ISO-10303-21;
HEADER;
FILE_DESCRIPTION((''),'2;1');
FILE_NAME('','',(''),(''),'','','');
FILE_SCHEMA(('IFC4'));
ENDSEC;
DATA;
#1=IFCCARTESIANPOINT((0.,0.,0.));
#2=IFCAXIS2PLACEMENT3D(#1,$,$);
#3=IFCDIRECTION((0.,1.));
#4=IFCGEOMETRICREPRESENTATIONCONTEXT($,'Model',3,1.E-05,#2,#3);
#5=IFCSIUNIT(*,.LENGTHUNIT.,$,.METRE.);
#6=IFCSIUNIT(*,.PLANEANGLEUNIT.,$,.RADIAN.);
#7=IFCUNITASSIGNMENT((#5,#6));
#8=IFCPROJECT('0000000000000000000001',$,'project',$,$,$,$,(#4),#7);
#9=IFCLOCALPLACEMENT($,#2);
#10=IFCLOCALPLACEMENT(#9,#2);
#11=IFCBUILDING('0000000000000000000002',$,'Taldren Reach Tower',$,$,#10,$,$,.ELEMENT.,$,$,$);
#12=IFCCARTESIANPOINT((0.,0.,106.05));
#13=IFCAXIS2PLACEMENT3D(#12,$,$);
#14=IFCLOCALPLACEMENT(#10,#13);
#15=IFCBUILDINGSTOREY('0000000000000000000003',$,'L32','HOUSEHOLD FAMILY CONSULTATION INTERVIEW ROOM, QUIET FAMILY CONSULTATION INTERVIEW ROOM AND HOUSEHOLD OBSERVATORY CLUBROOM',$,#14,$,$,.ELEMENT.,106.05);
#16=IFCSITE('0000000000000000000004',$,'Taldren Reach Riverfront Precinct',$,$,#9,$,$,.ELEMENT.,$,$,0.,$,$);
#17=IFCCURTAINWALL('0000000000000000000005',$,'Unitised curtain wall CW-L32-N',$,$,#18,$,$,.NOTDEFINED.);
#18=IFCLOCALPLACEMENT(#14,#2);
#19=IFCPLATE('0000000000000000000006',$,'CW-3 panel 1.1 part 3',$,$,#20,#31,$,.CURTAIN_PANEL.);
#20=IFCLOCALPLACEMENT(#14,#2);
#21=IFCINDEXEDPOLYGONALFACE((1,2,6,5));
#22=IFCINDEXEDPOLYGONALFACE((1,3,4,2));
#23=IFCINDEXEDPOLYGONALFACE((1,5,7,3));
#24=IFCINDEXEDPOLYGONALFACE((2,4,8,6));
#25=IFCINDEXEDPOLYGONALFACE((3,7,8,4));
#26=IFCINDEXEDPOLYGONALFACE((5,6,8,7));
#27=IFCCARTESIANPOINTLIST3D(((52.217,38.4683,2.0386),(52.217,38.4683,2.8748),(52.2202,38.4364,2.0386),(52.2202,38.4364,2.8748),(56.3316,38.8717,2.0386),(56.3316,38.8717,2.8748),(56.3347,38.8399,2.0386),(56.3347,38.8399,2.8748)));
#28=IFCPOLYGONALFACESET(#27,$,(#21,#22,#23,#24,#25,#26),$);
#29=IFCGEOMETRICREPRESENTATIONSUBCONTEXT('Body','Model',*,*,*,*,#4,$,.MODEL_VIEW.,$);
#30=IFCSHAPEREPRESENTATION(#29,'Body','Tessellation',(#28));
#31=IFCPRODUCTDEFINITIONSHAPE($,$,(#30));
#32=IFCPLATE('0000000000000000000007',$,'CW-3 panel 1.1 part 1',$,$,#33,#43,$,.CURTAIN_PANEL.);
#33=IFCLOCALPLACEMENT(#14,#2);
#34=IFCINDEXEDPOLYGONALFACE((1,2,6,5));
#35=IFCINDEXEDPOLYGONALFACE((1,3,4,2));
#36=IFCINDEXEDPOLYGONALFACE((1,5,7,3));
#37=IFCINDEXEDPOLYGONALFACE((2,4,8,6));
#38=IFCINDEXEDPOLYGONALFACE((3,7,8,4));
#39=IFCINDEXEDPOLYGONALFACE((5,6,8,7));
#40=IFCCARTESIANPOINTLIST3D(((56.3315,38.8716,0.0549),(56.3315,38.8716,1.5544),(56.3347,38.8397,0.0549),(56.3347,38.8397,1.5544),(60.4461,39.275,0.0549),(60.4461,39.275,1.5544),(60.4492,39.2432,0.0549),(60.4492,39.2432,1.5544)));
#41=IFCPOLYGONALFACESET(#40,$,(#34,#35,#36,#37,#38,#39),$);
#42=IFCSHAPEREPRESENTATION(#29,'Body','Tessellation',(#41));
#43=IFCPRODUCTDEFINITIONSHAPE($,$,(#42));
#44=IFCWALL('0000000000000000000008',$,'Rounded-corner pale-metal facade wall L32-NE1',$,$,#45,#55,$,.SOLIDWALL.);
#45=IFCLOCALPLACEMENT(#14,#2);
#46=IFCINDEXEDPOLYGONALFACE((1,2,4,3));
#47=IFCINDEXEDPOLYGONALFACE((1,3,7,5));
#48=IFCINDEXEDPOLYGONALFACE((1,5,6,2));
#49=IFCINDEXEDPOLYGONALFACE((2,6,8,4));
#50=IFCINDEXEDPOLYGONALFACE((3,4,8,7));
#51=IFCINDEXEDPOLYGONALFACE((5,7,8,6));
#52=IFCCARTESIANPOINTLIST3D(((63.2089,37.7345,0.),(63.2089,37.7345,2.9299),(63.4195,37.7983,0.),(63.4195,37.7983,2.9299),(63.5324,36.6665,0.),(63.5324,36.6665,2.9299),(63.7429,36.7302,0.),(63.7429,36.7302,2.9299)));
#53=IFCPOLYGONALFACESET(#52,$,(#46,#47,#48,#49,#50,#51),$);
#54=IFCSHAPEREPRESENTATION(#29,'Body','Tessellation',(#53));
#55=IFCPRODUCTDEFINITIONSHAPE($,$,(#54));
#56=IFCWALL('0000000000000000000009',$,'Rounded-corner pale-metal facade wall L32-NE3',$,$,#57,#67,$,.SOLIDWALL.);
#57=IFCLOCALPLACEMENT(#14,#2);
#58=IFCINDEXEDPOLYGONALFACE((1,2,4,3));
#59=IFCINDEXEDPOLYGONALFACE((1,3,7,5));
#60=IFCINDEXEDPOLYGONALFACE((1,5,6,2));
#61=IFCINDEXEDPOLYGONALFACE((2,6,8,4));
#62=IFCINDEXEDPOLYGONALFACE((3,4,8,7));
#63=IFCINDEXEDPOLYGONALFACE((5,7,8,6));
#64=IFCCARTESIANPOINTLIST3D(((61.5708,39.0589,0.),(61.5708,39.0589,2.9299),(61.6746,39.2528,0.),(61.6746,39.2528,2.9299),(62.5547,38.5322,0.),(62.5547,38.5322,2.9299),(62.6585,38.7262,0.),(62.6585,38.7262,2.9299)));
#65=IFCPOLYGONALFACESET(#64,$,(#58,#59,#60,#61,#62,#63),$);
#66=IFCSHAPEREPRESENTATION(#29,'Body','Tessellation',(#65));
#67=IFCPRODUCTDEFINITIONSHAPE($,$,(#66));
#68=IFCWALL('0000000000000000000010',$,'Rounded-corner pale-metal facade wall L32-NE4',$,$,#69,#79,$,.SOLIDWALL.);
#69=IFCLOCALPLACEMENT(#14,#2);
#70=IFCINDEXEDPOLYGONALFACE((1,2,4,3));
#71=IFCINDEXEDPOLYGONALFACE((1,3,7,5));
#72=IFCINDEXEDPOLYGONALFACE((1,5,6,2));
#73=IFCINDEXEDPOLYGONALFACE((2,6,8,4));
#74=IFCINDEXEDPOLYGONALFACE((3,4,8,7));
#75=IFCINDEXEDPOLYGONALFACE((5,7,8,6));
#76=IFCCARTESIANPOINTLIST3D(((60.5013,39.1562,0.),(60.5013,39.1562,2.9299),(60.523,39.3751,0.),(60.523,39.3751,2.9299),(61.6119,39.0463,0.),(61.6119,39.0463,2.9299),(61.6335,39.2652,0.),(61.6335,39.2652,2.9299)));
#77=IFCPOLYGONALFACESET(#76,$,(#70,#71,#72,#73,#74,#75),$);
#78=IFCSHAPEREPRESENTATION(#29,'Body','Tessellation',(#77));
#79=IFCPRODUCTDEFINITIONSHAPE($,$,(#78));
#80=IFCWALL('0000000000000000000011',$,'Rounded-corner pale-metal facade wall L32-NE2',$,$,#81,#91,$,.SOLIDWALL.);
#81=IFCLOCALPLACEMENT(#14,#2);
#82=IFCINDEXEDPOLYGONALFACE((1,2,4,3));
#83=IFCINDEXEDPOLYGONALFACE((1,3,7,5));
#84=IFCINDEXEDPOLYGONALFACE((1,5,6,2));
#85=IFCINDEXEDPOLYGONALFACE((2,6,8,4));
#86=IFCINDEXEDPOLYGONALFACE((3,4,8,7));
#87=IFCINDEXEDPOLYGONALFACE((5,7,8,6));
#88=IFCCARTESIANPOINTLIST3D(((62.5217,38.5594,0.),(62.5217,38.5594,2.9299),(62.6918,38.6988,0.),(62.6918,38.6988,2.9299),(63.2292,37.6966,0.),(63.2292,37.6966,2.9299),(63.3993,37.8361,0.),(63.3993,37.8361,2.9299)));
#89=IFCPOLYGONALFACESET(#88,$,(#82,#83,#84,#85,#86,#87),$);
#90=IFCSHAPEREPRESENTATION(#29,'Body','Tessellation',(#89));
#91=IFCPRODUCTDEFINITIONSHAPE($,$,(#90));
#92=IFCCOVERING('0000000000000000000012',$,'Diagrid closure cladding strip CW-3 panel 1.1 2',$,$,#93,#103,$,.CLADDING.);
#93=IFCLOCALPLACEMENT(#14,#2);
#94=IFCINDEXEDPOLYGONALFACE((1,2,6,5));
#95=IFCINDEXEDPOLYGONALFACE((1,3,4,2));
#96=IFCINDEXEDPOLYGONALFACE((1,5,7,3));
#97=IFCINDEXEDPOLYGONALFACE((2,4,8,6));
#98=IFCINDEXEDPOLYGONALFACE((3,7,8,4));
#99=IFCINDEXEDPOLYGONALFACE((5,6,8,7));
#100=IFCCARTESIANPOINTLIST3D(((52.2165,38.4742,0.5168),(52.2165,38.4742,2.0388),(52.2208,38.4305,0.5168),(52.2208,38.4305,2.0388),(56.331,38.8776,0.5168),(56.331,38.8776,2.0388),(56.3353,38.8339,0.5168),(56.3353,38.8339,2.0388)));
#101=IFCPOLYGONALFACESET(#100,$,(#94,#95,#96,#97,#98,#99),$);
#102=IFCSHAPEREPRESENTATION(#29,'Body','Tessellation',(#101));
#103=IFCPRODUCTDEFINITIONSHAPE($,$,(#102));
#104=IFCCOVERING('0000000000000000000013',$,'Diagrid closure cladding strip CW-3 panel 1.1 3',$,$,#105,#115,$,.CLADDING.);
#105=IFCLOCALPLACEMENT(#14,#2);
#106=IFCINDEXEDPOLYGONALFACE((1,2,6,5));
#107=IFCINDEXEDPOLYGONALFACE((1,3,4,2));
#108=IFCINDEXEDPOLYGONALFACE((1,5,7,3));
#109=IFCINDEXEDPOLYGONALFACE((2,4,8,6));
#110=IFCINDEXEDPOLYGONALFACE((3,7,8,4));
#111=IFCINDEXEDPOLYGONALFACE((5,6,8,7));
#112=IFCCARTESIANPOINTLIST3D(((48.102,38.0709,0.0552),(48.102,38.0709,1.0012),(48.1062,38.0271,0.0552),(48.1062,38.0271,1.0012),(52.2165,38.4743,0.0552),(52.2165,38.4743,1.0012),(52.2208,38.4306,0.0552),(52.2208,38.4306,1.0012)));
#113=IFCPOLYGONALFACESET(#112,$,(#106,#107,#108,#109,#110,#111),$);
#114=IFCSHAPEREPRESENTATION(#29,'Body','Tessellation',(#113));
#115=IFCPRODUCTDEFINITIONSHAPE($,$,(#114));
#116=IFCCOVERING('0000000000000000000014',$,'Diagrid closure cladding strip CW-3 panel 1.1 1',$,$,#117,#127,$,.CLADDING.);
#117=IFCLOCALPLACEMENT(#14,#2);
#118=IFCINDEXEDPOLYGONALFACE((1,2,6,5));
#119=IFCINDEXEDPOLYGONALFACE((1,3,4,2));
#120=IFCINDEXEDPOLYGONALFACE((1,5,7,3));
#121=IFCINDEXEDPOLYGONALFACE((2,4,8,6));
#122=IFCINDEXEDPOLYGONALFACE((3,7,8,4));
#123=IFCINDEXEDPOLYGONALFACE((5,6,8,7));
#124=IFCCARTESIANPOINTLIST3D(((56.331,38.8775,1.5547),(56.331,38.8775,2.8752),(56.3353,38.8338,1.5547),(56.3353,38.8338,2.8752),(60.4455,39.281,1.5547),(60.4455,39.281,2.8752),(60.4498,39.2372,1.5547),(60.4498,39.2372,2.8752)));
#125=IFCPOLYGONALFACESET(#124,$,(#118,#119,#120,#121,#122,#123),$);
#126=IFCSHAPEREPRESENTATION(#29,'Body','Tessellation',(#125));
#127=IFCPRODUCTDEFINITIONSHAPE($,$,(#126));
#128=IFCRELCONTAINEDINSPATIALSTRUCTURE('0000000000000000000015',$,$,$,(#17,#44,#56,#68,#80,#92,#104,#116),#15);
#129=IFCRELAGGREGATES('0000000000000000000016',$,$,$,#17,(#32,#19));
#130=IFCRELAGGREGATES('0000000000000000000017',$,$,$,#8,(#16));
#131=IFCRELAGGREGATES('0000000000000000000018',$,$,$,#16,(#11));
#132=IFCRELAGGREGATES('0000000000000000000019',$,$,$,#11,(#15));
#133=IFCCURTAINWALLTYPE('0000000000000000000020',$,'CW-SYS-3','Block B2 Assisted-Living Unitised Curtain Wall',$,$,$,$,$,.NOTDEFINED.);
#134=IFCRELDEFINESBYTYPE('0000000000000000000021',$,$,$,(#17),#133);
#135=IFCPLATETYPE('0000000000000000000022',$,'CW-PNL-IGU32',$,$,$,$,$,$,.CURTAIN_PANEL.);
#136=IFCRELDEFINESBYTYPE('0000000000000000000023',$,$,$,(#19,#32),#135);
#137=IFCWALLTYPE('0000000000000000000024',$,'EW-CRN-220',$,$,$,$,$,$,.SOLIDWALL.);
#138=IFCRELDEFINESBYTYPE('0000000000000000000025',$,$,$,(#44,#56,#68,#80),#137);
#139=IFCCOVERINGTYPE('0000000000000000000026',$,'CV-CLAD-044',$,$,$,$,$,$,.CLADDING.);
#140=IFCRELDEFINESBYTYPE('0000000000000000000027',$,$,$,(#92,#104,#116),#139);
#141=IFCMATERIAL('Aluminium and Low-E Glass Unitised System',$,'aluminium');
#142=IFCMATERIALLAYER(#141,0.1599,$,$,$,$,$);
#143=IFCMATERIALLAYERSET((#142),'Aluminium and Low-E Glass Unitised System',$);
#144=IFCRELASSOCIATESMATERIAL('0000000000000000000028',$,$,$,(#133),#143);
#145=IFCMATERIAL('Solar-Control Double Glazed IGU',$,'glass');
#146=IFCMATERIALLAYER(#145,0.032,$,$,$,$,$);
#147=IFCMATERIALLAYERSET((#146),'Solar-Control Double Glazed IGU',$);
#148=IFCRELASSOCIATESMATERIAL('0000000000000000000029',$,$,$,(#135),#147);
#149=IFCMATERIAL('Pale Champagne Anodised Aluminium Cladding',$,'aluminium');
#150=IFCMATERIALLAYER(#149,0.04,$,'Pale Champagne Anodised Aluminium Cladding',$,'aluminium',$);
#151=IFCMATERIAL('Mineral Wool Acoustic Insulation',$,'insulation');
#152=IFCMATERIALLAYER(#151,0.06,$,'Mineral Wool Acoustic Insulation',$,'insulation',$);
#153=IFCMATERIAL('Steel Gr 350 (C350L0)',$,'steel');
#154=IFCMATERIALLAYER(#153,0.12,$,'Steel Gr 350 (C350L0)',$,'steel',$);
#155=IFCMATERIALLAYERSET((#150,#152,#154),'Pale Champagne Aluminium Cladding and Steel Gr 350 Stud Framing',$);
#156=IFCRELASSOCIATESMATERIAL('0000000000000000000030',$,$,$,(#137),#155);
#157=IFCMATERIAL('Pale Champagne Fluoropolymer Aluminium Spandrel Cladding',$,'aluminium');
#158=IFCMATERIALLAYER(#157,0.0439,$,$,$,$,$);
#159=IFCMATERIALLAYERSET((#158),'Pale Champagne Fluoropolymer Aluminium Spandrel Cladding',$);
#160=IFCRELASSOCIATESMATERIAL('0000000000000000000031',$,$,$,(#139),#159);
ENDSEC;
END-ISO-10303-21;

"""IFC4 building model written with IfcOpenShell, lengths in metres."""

from ifc_helpers import new_model, si_unit, direction, frame, frame_2d, origin, origin_2d, place, context, subcontext, project, spatial, rectangle, extrude, source, transform, mapped, material, layer, layer_set, type_object, element, aggregate, save


model = new_model("IFC4")

# Units and contexts
model_context = context("Model", 3, precision=1e-05, world=origin(), true_north=direction((0.0, 1.0)))
body_context = subcontext(model_context, "Body", "Model", "MODEL_VIEW")
ifc_project = project(units=[si_unit("LENGTHUNIT", "METRE"), si_unit("PLANEANGLEUNIT", "RADIAN")], contexts=[model_context])

# Site, building, storey
site_placement = place(None, origin())
site = spatial("IfcSite", under=ifc_project, at=site_placement, Name="Taldren Reach Riverfront Precinct", CompositionType="ELEMENT", RefElevation=0.0)
building_placement = place(site_placement, origin())
building = spatial("IfcBuilding", under=site, at=building_placement, Name="Taldren Reach Tower", CompositionType="ELEMENT")
storey_placement = place(building_placement, frame((0.0, 0.0, 106.05)))
storey = spatial("IfcBuildingStorey", under=building, at=storey_placement, Name="L32", Description="HOUSEHOLD FAMILY CONSULTATION INTERVIEW ROOM, QUIET FAMILY CONSULTATION INTERVIEW ROOM AND HOUSEHOLD OBSERVATORY CLUBROOM", CompositionType="ELEMENT", Elevation=106.05)

# Shared definitions
ifc_material_1 = material(Name="Steel Gr 350 (C350L0)", Category="steel")

# Curtain wall
ifc_material_2 = material(Name="Aluminium and Low-E Glass Unitised System", Category="aluminium")
ifc_layer_1 = layer(ifc_material_2, 0.1599)
ifc_layer_set_1 = layer_set([ifc_layer_1], Name="Aluminium and Low-E Glass Unitised System")
curtain_wall_type = type_object("IfcCurtainWallType", Name="CW-SYS-3", Description="Block B2 Assisted-Living Unitised Curtain Wall", PredefinedType="NOTDEFINED", material=ifc_layer_set_1)
curtain_wall_1_placement = place(storey_placement, origin())
curtain_wall_1 = element("IfcCurtainWall", 1, at=curtain_wall_1_placement, inside=storey, type_object=curtain_wall_type, Name="Unitised curtain wall CW-L32-N", PredefinedType="NOTDEFINED")

# Plates
ifc_material_3 = material(Name="Solar-Control Double Glazed IGU", Category="glass")
ifc_layer_2 = layer(ifc_material_3, 0.032)
ifc_layer_set_2 = layer_set([ifc_layer_2], Name="Solar-Control Double Glazed IGU")
plate_type_1 = type_object("IfcPlateType", Name="CW-PNL-IGU32", PredefinedType="CURTAIN_PANEL", material=ifc_layer_set_2)
shared_shape_1 = source(origin(), body_context, "Body", "SweptSolid", [
    extrude(rectangle(XDim=4.1343, YDim=0.032, at=origin_2d()), origin(), (0.0, 0.0, 1.0), 0.8362),
])
plate_1_placement = place(storey_placement, frame((54.2759, 38.6541, 2.0386), z_axis=(0.0, 0.0, 1.0), x_axis=(-0.995227, -0.097583, 0.0)))
plate_1 = element("IfcPlate", 2, at=plate_1_placement, type_object=plate_type_1, Name="CW-3 panel 1.1 part 3", PredefinedType="CURTAIN_PANEL", context=body_context, shape_type="MappedRepresentation", body=[
    mapped(shared_shape_1, transform((0.0, 0.0, 0.0), scale=1.0)),
])
shared_shape_2 = source(origin(), body_context, "Body", "SweptSolid", [
    extrude(rectangle(XDim=4.1343, YDim=0.032, at=origin_2d()), origin(), (0.0, 0.0, 1.0), 1.4995),
])
plate_2_placement = place(storey_placement, frame((58.3904, 39.0574, 0.0549), z_axis=(0.0, 0.0, 1.0), x_axis=(-0.995227, -0.097583, 0.0)))
plate_2 = element("IfcPlate", 3, at=plate_2_placement, type_object=plate_type_1, Name="CW-3 panel 1.1 part 1", PredefinedType="CURTAIN_PANEL", context=body_context, shape_type="MappedRepresentation", body=[
    mapped(shared_shape_2, transform((0.0, 0.0, 0.0), scale=1.0)),
])
aggregate(curtain_wall_1, [plate_2, plate_1])

# Walls
ifc_material_4 = material(Name="Pale Champagne Anodised Aluminium Cladding", Category="aluminium")
ifc_layer_3 = layer(ifc_material_4, 0.04, Name="Pale Champagne Anodised Aluminium Cladding", Category="aluminium")
ifc_material_5 = material(Name="Mineral Wool Acoustic Insulation", Category="insulation")
ifc_layer_4 = layer(ifc_material_5, 0.06, Name="Mineral Wool Acoustic Insulation", Category="insulation")
ifc_layer_5 = layer(ifc_material_1, 0.12, Name="Steel Gr 350 (C350L0)", Category="steel")
ifc_layer_set_3 = layer_set([ifc_layer_3, ifc_layer_4, ifc_layer_5], Name="Pale Champagne Aluminium Cladding and Steel Gr 350 Stud Framing")
wall_type = type_object("IfcWallType", Name="EW-CRN-220", PredefinedType="SOLIDWALL", material=ifc_layer_set_3)
shared_shape_3 = source(origin(), body_context, "Body", "SweptSolid", [
    extrude(rectangle(XDim=1.116, YDim=0.22, at=frame_2d((0.5581, 0.0))), origin(), (0.0, 0.0, 1.0), 2.9299),
])
for number, where, z_axis, x_axis, name in (
    (4, (63.6377, 36.6982, 0.0), (0.0, 0.0, 1.0), (-0.289856, 0.95707, 0.0), "Rounded-corner pale-metal facade wall L32-NE1"),
    (5, (62.6067, 38.6292, 0.0), (0.0, 0.0, 1.0), (-0.881656, 0.471894, 0.0), "Rounded-corner pale-metal facade wall L32-NE3"),
    (6, (61.6228, 39.1558, 0.0), (0.0, 0.0, 1.0), (-0.995143, 0.098442, 0.0), "Rounded-corner pale-metal facade wall L32-NE4"),
):
    element("IfcWall", number, at=place(storey_placement, frame(where, z_axis=z_axis, x_axis=x_axis)), inside=storey, type_object=wall_type, Name=name, PredefinedType="SOLIDWALL", context=body_context, shape_type="MappedRepresentation", body=[
        mapped(shared_shape_3, transform((0.0, 0.0, 0.0), scale=1.0)),
    ])
shared_shape_4 = source(origin(), body_context, "Body", "SweptSolid", [
    extrude(rectangle(XDim=1.1157, YDim=0.22, at=frame_2d((0.5579, 0.0))), origin(), (0.0, 0.0, 1.0), 2.9299),
])
wall_placement = place(storey_placement, frame((63.3142, 37.7664, 0.0), z_axis=(0.0, 0.0, 1.0), x_axis=(-0.634095, 0.773255, 0.0)))
element("IfcWall", 7, at=wall_placement, inside=storey, type_object=wall_type, Name="Rounded-corner pale-metal facade wall L32-NE2", PredefinedType="SOLIDWALL", context=body_context, shape_type="MappedRepresentation", body=[
    mapped(shared_shape_4, transform((0.0, 0.0, 0.0), scale=1.0)),
])

# Coverings
ifc_material_6 = material(Name="Pale Champagne Fluoropolymer Aluminium Spandrel Cladding", Category="aluminium")
ifc_layer_6 = layer(ifc_material_6, 0.0439)
ifc_layer_set_4 = layer_set([ifc_layer_6], Name="Pale Champagne Fluoropolymer Aluminium Spandrel Cladding")
covering_type = type_object("IfcCoveringType", Name="CV-CLAD-044", PredefinedType="CLADDING", material=ifc_layer_set_4)
shared_shape_5 = source(origin(), body_context, "Body", "SweptSolid", [
    extrude(rectangle(XDim=4.1343, YDim=0.0439, at=origin_2d()), origin(), (0.0, 0.0, 1.0), 1.522),
])
covering_1_placement = place(storey_placement, frame((54.2759, 38.6541, 0.5168), z_axis=(0.0, 0.0, 1.0), x_axis=(-0.995227, -0.097583, 0.0)))
element("IfcCovering", 8, at=covering_1_placement, inside=storey, type_object=covering_type, Name="Diagrid closure cladding strip CW-3 panel 1.1 2", PredefinedType="CLADDING", context=body_context, shape_type="MappedRepresentation", body=[
    mapped(shared_shape_5, transform((0.0, 0.0, 0.0), scale=1.0)),
])
shared_shape_6 = source(origin(), body_context, "Body", "SweptSolid", [
    extrude(rectangle(XDim=4.1343, YDim=0.0439, at=origin_2d()), origin(), (0.0, 0.0, 1.0), 0.946),
])
covering_2_placement = place(storey_placement, frame((50.1614, 38.2507, 0.0552), z_axis=(0.0, 0.0, 1.0), x_axis=(-0.995227, -0.097583, 0.0)))
element("IfcCovering", 9, at=covering_2_placement, inside=storey, type_object=covering_type, Name="Diagrid closure cladding strip CW-3 panel 1.1 3", PredefinedType="CLADDING", context=body_context, shape_type="MappedRepresentation", body=[
    mapped(shared_shape_6, transform((0.0, 0.0, 0.0), scale=1.0)),
])
shared_shape_7 = source(origin(), body_context, "Body", "SweptSolid", [
    extrude(rectangle(XDim=4.1343, YDim=0.0439, at=origin_2d()), origin(), (0.0, 0.0, 1.0), 1.3206),
])
covering_3_placement = place(storey_placement, frame((58.3904, 39.0574, 1.5547), z_axis=(0.0, 0.0, 1.0), x_axis=(-0.995227, -0.097583, 0.0)))
element("IfcCovering", 10, at=covering_3_placement, inside=storey, type_object=covering_type, Name="Diagrid closure cladding strip CW-3 panel 1.1 1", PredefinedType="CLADDING", context=body_context, shape_type="MappedRepresentation", body=[
    mapped(shared_shape_7, transform((0.0, 0.0, 0.0), scale=1.0)),
])

save(model, "model.ifc")
